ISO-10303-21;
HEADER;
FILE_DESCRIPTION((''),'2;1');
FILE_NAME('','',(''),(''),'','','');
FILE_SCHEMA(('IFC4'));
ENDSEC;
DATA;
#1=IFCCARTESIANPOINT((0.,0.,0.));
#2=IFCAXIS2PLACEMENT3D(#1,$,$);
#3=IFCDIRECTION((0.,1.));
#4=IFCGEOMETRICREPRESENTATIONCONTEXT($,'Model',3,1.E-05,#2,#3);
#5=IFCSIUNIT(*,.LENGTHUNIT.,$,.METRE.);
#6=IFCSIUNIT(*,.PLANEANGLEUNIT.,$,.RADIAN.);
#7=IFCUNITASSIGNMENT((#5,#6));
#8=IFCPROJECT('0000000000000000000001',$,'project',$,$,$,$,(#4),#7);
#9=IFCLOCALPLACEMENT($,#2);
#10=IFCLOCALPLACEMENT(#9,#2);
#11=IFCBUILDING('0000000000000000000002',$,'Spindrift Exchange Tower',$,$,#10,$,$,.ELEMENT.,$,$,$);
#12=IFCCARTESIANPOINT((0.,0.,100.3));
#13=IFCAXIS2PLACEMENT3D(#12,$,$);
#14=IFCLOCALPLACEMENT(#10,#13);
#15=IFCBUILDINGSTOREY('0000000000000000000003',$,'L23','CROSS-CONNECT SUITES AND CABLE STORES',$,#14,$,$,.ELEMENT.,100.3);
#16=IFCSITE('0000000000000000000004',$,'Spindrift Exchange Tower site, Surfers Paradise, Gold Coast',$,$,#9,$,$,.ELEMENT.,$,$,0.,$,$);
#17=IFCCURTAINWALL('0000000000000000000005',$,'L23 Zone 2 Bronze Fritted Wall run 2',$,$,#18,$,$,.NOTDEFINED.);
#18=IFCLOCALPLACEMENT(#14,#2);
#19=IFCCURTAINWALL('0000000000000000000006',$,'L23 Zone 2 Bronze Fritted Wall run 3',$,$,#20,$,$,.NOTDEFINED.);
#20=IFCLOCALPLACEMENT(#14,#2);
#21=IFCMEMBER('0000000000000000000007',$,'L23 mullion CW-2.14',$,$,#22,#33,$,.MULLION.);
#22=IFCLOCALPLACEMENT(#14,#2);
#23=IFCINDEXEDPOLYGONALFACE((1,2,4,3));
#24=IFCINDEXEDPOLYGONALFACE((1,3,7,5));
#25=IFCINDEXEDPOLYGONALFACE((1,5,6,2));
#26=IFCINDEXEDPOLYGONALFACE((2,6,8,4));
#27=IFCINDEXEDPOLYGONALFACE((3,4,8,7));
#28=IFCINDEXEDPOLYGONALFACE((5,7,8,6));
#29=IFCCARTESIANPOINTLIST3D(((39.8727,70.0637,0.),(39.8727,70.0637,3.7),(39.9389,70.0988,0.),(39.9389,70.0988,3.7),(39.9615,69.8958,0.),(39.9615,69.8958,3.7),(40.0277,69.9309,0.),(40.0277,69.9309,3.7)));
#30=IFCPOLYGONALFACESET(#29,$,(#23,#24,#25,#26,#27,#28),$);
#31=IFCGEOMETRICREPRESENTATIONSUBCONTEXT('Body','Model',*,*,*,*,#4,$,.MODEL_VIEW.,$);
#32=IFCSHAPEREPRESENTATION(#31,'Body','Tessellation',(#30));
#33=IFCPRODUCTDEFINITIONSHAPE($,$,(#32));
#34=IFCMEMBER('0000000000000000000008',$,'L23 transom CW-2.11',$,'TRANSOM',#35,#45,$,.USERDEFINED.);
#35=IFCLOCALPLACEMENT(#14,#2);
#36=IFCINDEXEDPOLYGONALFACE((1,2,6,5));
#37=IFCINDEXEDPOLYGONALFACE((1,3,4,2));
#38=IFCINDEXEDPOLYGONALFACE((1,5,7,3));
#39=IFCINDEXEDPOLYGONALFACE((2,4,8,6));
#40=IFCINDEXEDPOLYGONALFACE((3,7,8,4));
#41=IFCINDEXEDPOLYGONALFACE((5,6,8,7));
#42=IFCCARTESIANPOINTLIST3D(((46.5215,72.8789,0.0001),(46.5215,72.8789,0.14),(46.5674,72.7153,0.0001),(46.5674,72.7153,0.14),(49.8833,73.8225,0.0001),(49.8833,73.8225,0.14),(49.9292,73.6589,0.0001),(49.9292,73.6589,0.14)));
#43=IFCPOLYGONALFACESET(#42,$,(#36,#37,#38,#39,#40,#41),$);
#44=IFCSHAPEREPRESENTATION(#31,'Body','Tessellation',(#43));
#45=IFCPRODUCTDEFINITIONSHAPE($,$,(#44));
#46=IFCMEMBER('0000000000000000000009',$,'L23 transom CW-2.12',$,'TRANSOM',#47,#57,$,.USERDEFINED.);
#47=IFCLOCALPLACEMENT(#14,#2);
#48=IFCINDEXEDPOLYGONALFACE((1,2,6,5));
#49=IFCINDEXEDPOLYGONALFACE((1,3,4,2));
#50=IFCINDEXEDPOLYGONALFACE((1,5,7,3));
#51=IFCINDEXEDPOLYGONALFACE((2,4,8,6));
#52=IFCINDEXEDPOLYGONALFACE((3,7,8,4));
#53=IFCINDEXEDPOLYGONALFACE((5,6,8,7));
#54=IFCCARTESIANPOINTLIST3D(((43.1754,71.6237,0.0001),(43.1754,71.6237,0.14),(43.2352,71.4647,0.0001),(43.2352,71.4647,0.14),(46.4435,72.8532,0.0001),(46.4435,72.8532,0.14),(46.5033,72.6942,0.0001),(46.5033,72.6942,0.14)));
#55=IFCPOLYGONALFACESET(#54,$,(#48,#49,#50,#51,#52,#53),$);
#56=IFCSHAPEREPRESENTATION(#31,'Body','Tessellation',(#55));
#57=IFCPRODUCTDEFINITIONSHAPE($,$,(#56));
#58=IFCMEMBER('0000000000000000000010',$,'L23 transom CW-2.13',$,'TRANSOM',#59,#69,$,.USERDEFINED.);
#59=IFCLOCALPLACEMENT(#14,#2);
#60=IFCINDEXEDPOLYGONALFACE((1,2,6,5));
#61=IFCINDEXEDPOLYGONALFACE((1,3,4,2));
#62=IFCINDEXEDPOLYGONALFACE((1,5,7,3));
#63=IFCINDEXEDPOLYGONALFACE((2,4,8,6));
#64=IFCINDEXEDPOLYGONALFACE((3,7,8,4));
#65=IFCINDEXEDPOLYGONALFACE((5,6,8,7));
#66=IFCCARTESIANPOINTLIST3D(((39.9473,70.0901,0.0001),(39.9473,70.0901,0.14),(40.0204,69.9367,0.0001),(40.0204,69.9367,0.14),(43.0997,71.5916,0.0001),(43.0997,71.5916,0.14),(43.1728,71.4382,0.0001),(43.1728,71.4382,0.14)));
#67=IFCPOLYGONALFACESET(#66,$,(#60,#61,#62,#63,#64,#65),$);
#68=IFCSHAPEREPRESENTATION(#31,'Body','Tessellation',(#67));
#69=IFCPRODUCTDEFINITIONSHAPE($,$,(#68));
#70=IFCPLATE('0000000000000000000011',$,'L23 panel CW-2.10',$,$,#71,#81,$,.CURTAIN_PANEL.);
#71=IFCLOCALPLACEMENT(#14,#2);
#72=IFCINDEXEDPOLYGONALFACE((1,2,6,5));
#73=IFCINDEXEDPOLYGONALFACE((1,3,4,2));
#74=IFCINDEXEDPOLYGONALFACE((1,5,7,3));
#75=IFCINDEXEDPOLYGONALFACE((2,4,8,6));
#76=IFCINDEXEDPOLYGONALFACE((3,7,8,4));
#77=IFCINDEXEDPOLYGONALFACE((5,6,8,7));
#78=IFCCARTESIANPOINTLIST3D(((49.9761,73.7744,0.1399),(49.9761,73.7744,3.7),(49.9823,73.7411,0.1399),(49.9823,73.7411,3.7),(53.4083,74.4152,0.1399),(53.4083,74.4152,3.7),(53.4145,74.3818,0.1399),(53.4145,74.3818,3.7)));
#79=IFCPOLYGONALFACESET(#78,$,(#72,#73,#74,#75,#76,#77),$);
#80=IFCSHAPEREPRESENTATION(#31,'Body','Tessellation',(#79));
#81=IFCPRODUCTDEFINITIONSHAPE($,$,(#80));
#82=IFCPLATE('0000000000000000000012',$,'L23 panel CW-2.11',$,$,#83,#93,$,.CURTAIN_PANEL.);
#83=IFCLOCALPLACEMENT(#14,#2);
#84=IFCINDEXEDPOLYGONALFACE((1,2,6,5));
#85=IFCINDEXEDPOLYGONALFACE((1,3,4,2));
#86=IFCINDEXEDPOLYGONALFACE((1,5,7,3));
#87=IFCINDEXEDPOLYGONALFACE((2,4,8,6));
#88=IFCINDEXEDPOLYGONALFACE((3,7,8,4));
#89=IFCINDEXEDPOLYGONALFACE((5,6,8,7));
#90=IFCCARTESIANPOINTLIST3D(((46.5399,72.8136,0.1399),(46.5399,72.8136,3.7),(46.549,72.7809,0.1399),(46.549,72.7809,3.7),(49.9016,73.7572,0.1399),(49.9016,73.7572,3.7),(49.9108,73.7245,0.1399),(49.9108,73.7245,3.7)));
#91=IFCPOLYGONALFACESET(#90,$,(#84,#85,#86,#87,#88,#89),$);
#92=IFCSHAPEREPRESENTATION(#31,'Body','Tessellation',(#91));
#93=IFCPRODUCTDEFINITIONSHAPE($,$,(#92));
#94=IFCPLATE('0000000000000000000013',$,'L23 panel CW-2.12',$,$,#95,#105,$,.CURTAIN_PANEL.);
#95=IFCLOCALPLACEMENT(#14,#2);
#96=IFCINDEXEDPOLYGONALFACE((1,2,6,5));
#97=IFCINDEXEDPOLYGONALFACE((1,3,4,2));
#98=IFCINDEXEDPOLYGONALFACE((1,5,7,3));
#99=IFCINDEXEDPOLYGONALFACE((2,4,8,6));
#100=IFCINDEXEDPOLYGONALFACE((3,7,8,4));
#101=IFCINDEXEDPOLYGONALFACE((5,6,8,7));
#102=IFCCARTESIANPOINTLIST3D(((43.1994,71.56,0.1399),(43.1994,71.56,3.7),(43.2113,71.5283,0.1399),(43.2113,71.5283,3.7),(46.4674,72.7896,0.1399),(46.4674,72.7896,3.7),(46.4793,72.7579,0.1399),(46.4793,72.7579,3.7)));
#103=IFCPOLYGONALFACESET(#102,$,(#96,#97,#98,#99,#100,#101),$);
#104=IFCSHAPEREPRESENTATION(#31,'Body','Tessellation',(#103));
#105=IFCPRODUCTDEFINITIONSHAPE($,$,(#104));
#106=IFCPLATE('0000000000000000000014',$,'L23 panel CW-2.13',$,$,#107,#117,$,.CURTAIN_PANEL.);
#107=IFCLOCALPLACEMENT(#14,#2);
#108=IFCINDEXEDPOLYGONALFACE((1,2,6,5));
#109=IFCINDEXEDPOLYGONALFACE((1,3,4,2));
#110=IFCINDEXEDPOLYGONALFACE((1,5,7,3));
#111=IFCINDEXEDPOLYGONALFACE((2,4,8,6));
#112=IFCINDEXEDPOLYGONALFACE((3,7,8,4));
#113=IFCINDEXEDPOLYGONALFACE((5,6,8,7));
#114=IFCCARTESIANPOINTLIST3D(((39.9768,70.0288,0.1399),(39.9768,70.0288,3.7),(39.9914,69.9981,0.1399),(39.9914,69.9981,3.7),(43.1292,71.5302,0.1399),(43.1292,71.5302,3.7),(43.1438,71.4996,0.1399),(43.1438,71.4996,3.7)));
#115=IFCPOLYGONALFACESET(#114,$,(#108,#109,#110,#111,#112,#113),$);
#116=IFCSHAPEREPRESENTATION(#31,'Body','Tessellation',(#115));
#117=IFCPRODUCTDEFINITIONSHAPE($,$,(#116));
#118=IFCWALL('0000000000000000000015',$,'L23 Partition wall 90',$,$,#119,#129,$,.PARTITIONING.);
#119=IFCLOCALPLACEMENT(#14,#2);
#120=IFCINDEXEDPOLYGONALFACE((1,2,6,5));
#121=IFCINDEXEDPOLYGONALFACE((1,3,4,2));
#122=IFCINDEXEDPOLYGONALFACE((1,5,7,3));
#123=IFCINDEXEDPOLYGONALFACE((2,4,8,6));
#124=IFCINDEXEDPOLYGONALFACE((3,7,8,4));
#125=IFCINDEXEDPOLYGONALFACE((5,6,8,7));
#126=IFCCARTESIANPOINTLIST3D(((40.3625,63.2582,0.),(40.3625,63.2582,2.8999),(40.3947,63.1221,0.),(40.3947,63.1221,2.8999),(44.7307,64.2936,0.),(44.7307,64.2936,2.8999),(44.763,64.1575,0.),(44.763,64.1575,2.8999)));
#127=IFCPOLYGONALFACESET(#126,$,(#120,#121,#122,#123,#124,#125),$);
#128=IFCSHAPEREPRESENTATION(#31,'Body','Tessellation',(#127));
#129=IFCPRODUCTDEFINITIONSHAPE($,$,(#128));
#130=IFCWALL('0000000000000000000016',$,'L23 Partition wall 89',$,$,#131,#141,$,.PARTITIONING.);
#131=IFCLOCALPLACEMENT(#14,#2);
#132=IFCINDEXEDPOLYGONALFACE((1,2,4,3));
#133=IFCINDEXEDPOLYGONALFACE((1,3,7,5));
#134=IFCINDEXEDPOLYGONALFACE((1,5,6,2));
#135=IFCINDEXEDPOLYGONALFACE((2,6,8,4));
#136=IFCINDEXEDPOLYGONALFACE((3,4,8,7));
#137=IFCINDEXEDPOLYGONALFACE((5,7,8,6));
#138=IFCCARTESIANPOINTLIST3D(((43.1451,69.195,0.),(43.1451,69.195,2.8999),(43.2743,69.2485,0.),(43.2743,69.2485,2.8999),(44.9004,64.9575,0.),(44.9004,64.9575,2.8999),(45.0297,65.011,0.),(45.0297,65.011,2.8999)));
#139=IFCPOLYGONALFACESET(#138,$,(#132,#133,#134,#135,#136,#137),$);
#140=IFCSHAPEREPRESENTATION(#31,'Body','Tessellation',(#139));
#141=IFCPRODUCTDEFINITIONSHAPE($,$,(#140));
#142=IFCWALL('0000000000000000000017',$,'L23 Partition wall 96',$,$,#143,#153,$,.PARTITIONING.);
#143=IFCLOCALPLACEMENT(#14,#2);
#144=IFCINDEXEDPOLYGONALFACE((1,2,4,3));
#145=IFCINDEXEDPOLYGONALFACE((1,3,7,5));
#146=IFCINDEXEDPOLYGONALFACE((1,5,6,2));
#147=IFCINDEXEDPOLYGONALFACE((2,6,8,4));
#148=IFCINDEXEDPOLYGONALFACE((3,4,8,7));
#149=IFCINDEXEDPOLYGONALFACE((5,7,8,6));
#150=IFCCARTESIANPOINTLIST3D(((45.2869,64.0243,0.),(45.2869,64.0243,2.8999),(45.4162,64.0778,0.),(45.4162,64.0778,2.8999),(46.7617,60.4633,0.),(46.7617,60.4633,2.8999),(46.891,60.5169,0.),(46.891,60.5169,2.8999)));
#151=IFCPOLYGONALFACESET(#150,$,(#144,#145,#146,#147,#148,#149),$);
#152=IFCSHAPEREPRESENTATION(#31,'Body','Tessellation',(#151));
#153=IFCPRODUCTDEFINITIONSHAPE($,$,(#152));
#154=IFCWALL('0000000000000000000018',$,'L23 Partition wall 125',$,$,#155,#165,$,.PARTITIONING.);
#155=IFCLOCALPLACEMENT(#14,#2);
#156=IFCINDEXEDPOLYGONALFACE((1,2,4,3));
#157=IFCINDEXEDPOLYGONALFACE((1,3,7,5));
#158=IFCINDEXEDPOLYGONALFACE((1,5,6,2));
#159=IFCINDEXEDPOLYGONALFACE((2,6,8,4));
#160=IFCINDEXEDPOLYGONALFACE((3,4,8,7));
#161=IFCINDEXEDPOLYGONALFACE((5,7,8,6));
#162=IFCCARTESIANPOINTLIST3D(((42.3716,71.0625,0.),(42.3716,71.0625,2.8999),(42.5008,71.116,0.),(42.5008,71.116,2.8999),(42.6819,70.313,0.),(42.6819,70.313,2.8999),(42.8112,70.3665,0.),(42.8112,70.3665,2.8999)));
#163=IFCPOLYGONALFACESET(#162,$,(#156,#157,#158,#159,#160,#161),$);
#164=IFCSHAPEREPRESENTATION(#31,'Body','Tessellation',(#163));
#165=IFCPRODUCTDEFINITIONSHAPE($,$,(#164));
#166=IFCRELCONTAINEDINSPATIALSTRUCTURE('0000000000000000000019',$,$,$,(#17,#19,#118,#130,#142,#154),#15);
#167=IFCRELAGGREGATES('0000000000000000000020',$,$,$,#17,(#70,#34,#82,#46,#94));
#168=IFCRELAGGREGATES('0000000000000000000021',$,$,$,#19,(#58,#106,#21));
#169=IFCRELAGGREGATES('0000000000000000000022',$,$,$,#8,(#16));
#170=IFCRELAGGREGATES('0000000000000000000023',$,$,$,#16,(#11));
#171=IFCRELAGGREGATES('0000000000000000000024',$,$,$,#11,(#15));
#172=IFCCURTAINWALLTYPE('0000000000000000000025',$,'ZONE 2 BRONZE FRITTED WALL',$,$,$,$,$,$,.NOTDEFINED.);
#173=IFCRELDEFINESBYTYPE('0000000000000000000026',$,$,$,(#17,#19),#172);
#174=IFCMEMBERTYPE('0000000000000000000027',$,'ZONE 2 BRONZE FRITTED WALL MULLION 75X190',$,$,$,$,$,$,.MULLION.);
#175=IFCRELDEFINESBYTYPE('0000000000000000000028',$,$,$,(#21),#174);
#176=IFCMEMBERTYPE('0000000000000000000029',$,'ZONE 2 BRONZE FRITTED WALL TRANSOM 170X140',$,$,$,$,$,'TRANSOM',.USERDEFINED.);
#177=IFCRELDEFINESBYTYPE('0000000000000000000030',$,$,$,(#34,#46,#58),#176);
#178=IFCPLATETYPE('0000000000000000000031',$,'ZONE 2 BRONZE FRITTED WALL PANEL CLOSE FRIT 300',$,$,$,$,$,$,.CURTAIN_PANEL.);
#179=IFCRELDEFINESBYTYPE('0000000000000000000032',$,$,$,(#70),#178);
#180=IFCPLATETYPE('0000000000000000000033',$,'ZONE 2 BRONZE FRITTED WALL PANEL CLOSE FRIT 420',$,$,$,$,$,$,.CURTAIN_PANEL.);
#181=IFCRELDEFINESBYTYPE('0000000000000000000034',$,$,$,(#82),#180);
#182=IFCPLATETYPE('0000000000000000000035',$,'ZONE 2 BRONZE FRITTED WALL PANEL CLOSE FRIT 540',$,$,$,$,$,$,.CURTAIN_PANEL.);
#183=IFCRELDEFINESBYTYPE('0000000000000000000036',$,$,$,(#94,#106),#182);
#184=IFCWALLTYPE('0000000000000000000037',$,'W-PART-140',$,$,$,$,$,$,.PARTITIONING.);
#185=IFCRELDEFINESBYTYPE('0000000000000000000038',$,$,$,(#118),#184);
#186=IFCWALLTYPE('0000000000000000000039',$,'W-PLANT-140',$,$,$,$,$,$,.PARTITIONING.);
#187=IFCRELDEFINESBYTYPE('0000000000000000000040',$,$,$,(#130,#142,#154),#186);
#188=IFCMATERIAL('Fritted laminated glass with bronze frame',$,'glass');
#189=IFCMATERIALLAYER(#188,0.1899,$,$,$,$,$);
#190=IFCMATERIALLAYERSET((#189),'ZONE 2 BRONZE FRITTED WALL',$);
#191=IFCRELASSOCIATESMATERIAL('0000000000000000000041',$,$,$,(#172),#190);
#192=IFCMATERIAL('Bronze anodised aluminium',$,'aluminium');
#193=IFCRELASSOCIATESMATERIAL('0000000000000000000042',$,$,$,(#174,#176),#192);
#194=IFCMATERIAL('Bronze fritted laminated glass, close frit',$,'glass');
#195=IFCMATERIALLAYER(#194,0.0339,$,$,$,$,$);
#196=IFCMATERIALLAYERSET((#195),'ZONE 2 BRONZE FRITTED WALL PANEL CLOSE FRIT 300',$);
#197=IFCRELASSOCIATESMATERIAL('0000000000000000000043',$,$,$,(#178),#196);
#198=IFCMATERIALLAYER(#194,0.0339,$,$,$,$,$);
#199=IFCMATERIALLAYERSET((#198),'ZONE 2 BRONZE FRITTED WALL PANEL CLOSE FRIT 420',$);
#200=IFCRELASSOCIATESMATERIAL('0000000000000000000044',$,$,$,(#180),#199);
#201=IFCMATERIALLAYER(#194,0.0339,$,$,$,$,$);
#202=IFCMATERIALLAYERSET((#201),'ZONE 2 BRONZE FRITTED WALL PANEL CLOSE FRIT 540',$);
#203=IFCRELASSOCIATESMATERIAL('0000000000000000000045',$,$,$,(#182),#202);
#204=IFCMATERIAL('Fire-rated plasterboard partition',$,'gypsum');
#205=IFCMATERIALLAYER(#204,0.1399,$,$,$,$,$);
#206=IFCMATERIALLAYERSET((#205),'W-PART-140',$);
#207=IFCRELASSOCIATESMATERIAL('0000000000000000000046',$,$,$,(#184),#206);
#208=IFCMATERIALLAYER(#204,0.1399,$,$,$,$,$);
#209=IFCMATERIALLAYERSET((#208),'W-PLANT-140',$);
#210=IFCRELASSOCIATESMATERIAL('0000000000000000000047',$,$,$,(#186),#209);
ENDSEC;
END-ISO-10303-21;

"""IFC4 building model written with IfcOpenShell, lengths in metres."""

from ifc_helpers import new_model, si_unit, direction, frame, frame_2d, origin, origin_2d, place, context, subcontext, project, spatial, rectangle, extrude, source, transform, mapped, material, layer, layer_set, material_profile, profile_set, type_object, element, aggregate, save


model = new_model("IFC4")

# Units and contexts
model_context = context("Model", 3, precision=1e-05, world=origin(), true_north=direction((0.0, 1.0)))
body_context = subcontext(model_context, "Body", "Model", "MODEL_VIEW")
ifc_project = project(units=[si_unit("LENGTHUNIT", "METRE"), si_unit("PLANEANGLEUNIT", "RADIAN")], contexts=[model_context])

# Site, building, storey
site_placement = place(None, origin())
site = spatial("IfcSite", under=ifc_project, at=site_placement, Name="Spindrift Exchange Tower site, Surfers Paradise, Gold Coast", CompositionType="ELEMENT", RefElevation=0.0)
building_placement = place(site_placement, origin())
building = spatial("IfcBuilding", under=site, at=building_placement, Name="Spindrift Exchange Tower", CompositionType="ELEMENT")
storey_placement = place(building_placement, frame((0.0, 0.0, 100.3)))
storey = spatial("IfcBuildingStorey", under=building, at=storey_placement, Name="L23", Description="CROSS-CONNECT SUITES AND CABLE STORES", CompositionType="ELEMENT", Elevation=100.3)

# Curtain walls, member
ifc_material_1 = material(Name="Fritted laminated glass with bronze frame", Category="glass")
ifc_layer_1 = layer(ifc_material_1, 0.1899)
ifc_layer_set_1 = layer_set([ifc_layer_1], Name="ZONE 2 BRONZE FRITTED WALL")
curtain_wall_type = type_object("IfcCurtainWallType", Name="ZONE 2 BRONZE FRITTED WALL", PredefinedType="NOTDEFINED", material=ifc_layer_set_1)
curtain_wall_1_placement = place(storey_placement, origin())
curtain_wall_1 = element("IfcCurtainWall", 1, at=curtain_wall_1_placement, inside=storey, type_object=curtain_wall_type, Name="L23 Zone 2 Bronze Fritted Wall run 2", PredefinedType="NOTDEFINED")
ifc_material_2 = material(Name="Bronze anodised aluminium", Category="aluminium")
ifc_material_profile_1 = material_profile(ifc_material_2, rectangle(XDim=0.075, YDim=0.1899, at=origin_2d()), Name="ZONE 2 BRONZE FRITTED WALL MULLION 75X190")
ifc_profile_set_1 = profile_set([ifc_material_profile_1], Name="Bronze anodised aluminium")
member_type_1 = type_object("IfcMemberType", Name="ZONE 2 BRONZE FRITTED WALL MULLION 75X190", PredefinedType="MULLION", material=ifc_profile_set_1)
shared_shape_1 = source(origin(), body_context, "Body", "SweptSolid", [
    extrude(rectangle(XDim=0.075, YDim=0.1899, at=origin_2d()), origin(), (0.0, 0.0, 1.0), 3.7),
])
curtain_wall_2_placement = place(storey_placement, origin())
curtain_wall_2 = element("IfcCurtainWall", 2, at=curtain_wall_2_placement, inside=storey, type_object=curtain_wall_type, Name="L23 Zone 2 Bronze Fritted Wall run 3", PredefinedType="NOTDEFINED")
member_1_placement = place(storey_placement, frame((39.9502, 69.9973, 0.0), z_axis=(0.0, 0.0, 1.0), x_axis=(-0.883894, -0.467687, 0.0)))
member_1 = element("IfcMember", 3, at=member_1_placement, type_object=member_type_1, Name="L23 mullion CW-2.14", PredefinedType="MULLION", context=body_context, shape_type="MappedRepresentation", body=[
    mapped(shared_shape_1, transform((0.0, 0.0, 0.0), scale=1.0)),
])

# Members
ifc_material_profile_2 = material_profile(ifc_material_2, rectangle(XDim=0.1699, YDim=0.1399, at=origin_2d()), Name="ZONE 2 BRONZE FRITTED WALL TRANSOM 170X140")
ifc_profile_set_2 = profile_set([ifc_material_profile_2], Name="Bronze anodised aluminium")
member_type_2 = type_object("IfcMemberType", Name="ZONE 2 BRONZE FRITTED WALL TRANSOM 170X140", ElementType="TRANSOM", PredefinedType="USERDEFINED", material=ifc_profile_set_2)
shared_shape_2 = source(origin(), body_context, "Body", "SweptSolid", [
    extrude(rectangle(XDim=0.1699, YDim=0.1399, at=origin_2d()), origin(), (0.0, 0.0, 1.0), 3.4917),
])
member_2_placement = place(storey_placement, frame((49.9062, 73.7407, 0.0701), z_axis=(-0.962793, -0.270239, 0.0), x_axis=(0.270239, -0.962793, 0.0)))
member_2 = element("IfcMember", 4, at=member_2_placement, type_object=member_type_2, Name="L23 transom CW-2.11", ObjectType="TRANSOM", PredefinedType="USERDEFINED", context=body_context, shape_type="MappedRepresentation", body=[
    mapped(shared_shape_2, transform((0.0, 0.0, 0.0), scale=1.0)),
])
member_3_placement = place(storey_placement, frame((46.4734, 72.7737, 0.0701), z_axis=(-0.935955, -0.352119, 0.0), x_axis=(0.352119, -0.935955, 0.0)))
member_3 = element("IfcMember", 5, at=member_3_placement, type_object=member_type_2, Name="L23 transom CW-2.12", ObjectType="TRANSOM", PredefinedType="USERDEFINED", context=body_context, shape_type="MappedRepresentation", body=[
    mapped(shared_shape_2, transform((0.0, 0.0, 0.0), scale=1.0)),
])
member_4_placement = place(storey_placement, frame((43.1362, 71.5149, 0.0701), z_axis=(-0.902822, -0.430015, 0.0), x_axis=(0.430015, -0.902822, 0.0)))
member_4 = element("IfcMember", 6, at=member_4_placement, type_object=member_type_2, Name="L23 transom CW-2.13", ObjectType="TRANSOM", PredefinedType="USERDEFINED", context=body_context, shape_type="MappedRepresentation", body=[
    mapped(shared_shape_2, transform((0.0, 0.0, 0.0), scale=1.0)),
])

# Plates
ifc_material_3 = material(Name="Bronze fritted laminated glass, close frit", Category="glass")
ifc_layer_2 = layer(ifc_material_3, 0.0339)
ifc_layer_set_2 = layer_set([ifc_layer_2], Name="ZONE 2 BRONZE FRITTED WALL PANEL CLOSE FRIT 300")
plate_type_1 = type_object("IfcPlateType", Name="ZONE 2 BRONZE FRITTED WALL PANEL CLOSE FRIT 300", PredefinedType="CURTAIN_PANEL", material=ifc_layer_set_2)
shared_shape_3 = source(origin(), body_context, "Body", "SweptSolid", [
    extrude(rectangle(XDim=3.4915, YDim=0.0339, at=origin_2d()), origin(), (0.0, 0.0, 1.0), 3.5601),
])
plate_1_placement = place(storey_placement, frame((51.6953, 74.0781, 0.1399), z_axis=(0.0, 0.0, 1.0), x_axis=(-0.983017, -0.183516, 0.0)))
plate_1 = element("IfcPlate", 7, at=plate_1_placement, type_object=plate_type_1, Name="L23 panel CW-2.10", PredefinedType="CURTAIN_PANEL", context=body_context, shape_type="MappedRepresentation", body=[
    mapped(shared_shape_3, transform((0.0, 0.0, 0.0), scale=1.0)),
])
ifc_layer_3 = layer(ifc_material_3, 0.0339)
ifc_layer_set_3 = layer_set([ifc_layer_3], Name="ZONE 2 BRONZE FRITTED WALL PANEL CLOSE FRIT 420")
plate_type_2 = type_object("IfcPlateType", Name="ZONE 2 BRONZE FRITTED WALL PANEL CLOSE FRIT 420", PredefinedType="CURTAIN_PANEL", material=ifc_layer_set_3)
shared_shape_4 = source(origin(), body_context, "Body", "SweptSolid", [
    extrude(rectangle(XDim=3.4917, YDim=0.0339, at=origin_2d()), origin(), (0.0, 0.0, 1.0), 3.5601),
])
plate_2_placement = place(storey_placement, frame((48.2253, 73.269, 0.1399), z_axis=(0.0, 0.0, 1.0), x_axis=(-0.962789, -0.270256, 0.0)))
plate_2 = element("IfcPlate", 8, at=plate_2_placement, type_object=plate_type_2, Name="L23 panel CW-2.11", PredefinedType="CURTAIN_PANEL", context=body_context, shape_type="MappedRepresentation", body=[
    mapped(shared_shape_4, transform((0.0, 0.0, 0.0), scale=1.0)),
])
ifc_layer_4 = layer(ifc_material_3, 0.0339)
ifc_layer_set_4 = layer_set([ifc_layer_4], Name="ZONE 2 BRONZE FRITTED WALL PANEL CLOSE FRIT 540")
plate_type_3 = type_object("IfcPlateType", Name="ZONE 2 BRONZE FRITTED WALL PANEL CLOSE FRIT 540", PredefinedType="CURTAIN_PANEL", material=ifc_layer_set_4)
shared_shape_5 = source(origin(), body_context, "Body", "SweptSolid", [
    extrude(rectangle(XDim=3.4917, YDim=0.0339, at=origin_2d()), origin(), (0.0, 0.0, 1.0), 3.5601),
])
plate_3_placement = place(storey_placement, frame((44.8394, 72.1589, 0.1399), z_axis=(0.0, 0.0, 1.0), x_axis=(-0.935944, -0.352149, 0.0)))
plate_3 = element("IfcPlate", 9, at=plate_3_placement, type_object=plate_type_3, Name="L23 panel CW-2.12", PredefinedType="CURTAIN_PANEL", context=body_context, shape_type="MappedRepresentation", body=[
    mapped(shared_shape_5, transform((0.0, 0.0, 0.0), scale=1.0)),
])
aggregate(curtain_wall_1, [plate_1, member_2, plate_2, member_3, plate_3])
plate_4_placement = place(storey_placement, frame((41.5603, 70.7642, 0.1399), z_axis=(0.0, 0.0, 1.0), x_axis=(-0.902826, -0.430007, 0.0)))
plate_4 = element("IfcPlate", 10, at=plate_4_placement, type_object=plate_type_3, Name="L23 panel CW-2.13", PredefinedType="CURTAIN_PANEL", context=body_context, shape_type="MappedRepresentation", body=[
    mapped(shared_shape_5, transform((0.0, 0.0, 0.0), scale=1.0)),
])
aggregate(curtain_wall_2, [member_4, plate_4, member_1])

# Walls
ifc_material_4 = material(Name="Fire-rated plasterboard partition", Category="gypsum")
ifc_layer_5 = layer(ifc_material_4, 0.1399)
ifc_layer_set_5 = layer_set([ifc_layer_5], Name="W-PART-140")
wall_type_1 = type_object("IfcWallType", Name="W-PART-140", PredefinedType="PARTITIONING", material=ifc_layer_set_5)
wall_1_placement = place(storey_placement, frame((44.7468, 64.2256, 0.0), z_axis=(0.0, 0.0, 1.0), x_axis=(-0.973039, -0.230643, 0.0)))
element("IfcWall", 11, at=wall_1_placement, inside=storey, type_object=wall_type_1, Name="L23 Partition wall 90", PredefinedType="PARTITIONING", context=body_context, shape_type="SweptSolid", body=[
    extrude(rectangle(XDim=4.4893, YDim=0.1399, at=frame_2d((2.2446, 0.0))), origin(), (0.0, 0.0, 1.0), 2.8999),
])
ifc_layer_6 = layer(ifc_material_4, 0.1399)
ifc_layer_set_6 = layer_set([ifc_layer_6], Name="W-PLANT-140")
wall_type_2 = type_object("IfcWallType", Name="W-PLANT-140", PredefinedType="PARTITIONING", material=ifc_layer_set_6)
wall_2_placement = place(storey_placement, frame((44.9651, 64.9841, 0.0), z_axis=(0.0, 0.0, 1.0), x_axis=(-0.382706, 0.92387, 0.0)))
element("IfcWall", 12, at=wall_2_placement, inside=storey, type_object=wall_type_2, Name="L23 Partition wall 89", PredefinedType="PARTITIONING", context=body_context, shape_type="SweptSolid", body=[
    extrude(rectangle(XDim=4.5867, YDim=0.1399, at=frame_2d((2.2935, 0.0))), origin(), (0.0, 0.0, 1.0), 2.8999),
])
wall_3_placement = place(storey_placement, frame((46.8264, 60.49, 0.0), z_axis=(0.0, 0.0, 1.0), x_axis=(-0.382645, 0.923896, 0.0)))
element("IfcWall", 13, at=wall_3_placement, inside=storey, type_object=wall_type_2, Name="L23 Partition wall 96", PredefinedType="PARTITIONING", context=body_context, shape_type="SweptSolid", body=[
    extrude(rectangle(XDim=3.8542, YDim=0.1399, at=frame_2d((1.9272, 0.0))), origin(), (0.0, 0.0, 1.0), 2.8999),
])
wall_4_placement = place(storey_placement, frame((42.7466, 70.3396, 0.0), z_axis=(0.0, 0.0, 1.0), x_axis=(-0.38252, 0.923947, 0.0)))
element("IfcWall", 14, at=wall_4_placement, inside=storey, type_object=wall_type_2, Name="L23 Partition wall 125", PredefinedType="PARTITIONING", context=body_context, shape_type="SweptSolid", body=[
    extrude(rectangle(XDim=0.8113, YDim=0.1399, at=frame_2d((0.4058, 0.0))), origin(), (0.0, 0.0, 1.0), 2.8999),
])

save(model, "model.ifc")
